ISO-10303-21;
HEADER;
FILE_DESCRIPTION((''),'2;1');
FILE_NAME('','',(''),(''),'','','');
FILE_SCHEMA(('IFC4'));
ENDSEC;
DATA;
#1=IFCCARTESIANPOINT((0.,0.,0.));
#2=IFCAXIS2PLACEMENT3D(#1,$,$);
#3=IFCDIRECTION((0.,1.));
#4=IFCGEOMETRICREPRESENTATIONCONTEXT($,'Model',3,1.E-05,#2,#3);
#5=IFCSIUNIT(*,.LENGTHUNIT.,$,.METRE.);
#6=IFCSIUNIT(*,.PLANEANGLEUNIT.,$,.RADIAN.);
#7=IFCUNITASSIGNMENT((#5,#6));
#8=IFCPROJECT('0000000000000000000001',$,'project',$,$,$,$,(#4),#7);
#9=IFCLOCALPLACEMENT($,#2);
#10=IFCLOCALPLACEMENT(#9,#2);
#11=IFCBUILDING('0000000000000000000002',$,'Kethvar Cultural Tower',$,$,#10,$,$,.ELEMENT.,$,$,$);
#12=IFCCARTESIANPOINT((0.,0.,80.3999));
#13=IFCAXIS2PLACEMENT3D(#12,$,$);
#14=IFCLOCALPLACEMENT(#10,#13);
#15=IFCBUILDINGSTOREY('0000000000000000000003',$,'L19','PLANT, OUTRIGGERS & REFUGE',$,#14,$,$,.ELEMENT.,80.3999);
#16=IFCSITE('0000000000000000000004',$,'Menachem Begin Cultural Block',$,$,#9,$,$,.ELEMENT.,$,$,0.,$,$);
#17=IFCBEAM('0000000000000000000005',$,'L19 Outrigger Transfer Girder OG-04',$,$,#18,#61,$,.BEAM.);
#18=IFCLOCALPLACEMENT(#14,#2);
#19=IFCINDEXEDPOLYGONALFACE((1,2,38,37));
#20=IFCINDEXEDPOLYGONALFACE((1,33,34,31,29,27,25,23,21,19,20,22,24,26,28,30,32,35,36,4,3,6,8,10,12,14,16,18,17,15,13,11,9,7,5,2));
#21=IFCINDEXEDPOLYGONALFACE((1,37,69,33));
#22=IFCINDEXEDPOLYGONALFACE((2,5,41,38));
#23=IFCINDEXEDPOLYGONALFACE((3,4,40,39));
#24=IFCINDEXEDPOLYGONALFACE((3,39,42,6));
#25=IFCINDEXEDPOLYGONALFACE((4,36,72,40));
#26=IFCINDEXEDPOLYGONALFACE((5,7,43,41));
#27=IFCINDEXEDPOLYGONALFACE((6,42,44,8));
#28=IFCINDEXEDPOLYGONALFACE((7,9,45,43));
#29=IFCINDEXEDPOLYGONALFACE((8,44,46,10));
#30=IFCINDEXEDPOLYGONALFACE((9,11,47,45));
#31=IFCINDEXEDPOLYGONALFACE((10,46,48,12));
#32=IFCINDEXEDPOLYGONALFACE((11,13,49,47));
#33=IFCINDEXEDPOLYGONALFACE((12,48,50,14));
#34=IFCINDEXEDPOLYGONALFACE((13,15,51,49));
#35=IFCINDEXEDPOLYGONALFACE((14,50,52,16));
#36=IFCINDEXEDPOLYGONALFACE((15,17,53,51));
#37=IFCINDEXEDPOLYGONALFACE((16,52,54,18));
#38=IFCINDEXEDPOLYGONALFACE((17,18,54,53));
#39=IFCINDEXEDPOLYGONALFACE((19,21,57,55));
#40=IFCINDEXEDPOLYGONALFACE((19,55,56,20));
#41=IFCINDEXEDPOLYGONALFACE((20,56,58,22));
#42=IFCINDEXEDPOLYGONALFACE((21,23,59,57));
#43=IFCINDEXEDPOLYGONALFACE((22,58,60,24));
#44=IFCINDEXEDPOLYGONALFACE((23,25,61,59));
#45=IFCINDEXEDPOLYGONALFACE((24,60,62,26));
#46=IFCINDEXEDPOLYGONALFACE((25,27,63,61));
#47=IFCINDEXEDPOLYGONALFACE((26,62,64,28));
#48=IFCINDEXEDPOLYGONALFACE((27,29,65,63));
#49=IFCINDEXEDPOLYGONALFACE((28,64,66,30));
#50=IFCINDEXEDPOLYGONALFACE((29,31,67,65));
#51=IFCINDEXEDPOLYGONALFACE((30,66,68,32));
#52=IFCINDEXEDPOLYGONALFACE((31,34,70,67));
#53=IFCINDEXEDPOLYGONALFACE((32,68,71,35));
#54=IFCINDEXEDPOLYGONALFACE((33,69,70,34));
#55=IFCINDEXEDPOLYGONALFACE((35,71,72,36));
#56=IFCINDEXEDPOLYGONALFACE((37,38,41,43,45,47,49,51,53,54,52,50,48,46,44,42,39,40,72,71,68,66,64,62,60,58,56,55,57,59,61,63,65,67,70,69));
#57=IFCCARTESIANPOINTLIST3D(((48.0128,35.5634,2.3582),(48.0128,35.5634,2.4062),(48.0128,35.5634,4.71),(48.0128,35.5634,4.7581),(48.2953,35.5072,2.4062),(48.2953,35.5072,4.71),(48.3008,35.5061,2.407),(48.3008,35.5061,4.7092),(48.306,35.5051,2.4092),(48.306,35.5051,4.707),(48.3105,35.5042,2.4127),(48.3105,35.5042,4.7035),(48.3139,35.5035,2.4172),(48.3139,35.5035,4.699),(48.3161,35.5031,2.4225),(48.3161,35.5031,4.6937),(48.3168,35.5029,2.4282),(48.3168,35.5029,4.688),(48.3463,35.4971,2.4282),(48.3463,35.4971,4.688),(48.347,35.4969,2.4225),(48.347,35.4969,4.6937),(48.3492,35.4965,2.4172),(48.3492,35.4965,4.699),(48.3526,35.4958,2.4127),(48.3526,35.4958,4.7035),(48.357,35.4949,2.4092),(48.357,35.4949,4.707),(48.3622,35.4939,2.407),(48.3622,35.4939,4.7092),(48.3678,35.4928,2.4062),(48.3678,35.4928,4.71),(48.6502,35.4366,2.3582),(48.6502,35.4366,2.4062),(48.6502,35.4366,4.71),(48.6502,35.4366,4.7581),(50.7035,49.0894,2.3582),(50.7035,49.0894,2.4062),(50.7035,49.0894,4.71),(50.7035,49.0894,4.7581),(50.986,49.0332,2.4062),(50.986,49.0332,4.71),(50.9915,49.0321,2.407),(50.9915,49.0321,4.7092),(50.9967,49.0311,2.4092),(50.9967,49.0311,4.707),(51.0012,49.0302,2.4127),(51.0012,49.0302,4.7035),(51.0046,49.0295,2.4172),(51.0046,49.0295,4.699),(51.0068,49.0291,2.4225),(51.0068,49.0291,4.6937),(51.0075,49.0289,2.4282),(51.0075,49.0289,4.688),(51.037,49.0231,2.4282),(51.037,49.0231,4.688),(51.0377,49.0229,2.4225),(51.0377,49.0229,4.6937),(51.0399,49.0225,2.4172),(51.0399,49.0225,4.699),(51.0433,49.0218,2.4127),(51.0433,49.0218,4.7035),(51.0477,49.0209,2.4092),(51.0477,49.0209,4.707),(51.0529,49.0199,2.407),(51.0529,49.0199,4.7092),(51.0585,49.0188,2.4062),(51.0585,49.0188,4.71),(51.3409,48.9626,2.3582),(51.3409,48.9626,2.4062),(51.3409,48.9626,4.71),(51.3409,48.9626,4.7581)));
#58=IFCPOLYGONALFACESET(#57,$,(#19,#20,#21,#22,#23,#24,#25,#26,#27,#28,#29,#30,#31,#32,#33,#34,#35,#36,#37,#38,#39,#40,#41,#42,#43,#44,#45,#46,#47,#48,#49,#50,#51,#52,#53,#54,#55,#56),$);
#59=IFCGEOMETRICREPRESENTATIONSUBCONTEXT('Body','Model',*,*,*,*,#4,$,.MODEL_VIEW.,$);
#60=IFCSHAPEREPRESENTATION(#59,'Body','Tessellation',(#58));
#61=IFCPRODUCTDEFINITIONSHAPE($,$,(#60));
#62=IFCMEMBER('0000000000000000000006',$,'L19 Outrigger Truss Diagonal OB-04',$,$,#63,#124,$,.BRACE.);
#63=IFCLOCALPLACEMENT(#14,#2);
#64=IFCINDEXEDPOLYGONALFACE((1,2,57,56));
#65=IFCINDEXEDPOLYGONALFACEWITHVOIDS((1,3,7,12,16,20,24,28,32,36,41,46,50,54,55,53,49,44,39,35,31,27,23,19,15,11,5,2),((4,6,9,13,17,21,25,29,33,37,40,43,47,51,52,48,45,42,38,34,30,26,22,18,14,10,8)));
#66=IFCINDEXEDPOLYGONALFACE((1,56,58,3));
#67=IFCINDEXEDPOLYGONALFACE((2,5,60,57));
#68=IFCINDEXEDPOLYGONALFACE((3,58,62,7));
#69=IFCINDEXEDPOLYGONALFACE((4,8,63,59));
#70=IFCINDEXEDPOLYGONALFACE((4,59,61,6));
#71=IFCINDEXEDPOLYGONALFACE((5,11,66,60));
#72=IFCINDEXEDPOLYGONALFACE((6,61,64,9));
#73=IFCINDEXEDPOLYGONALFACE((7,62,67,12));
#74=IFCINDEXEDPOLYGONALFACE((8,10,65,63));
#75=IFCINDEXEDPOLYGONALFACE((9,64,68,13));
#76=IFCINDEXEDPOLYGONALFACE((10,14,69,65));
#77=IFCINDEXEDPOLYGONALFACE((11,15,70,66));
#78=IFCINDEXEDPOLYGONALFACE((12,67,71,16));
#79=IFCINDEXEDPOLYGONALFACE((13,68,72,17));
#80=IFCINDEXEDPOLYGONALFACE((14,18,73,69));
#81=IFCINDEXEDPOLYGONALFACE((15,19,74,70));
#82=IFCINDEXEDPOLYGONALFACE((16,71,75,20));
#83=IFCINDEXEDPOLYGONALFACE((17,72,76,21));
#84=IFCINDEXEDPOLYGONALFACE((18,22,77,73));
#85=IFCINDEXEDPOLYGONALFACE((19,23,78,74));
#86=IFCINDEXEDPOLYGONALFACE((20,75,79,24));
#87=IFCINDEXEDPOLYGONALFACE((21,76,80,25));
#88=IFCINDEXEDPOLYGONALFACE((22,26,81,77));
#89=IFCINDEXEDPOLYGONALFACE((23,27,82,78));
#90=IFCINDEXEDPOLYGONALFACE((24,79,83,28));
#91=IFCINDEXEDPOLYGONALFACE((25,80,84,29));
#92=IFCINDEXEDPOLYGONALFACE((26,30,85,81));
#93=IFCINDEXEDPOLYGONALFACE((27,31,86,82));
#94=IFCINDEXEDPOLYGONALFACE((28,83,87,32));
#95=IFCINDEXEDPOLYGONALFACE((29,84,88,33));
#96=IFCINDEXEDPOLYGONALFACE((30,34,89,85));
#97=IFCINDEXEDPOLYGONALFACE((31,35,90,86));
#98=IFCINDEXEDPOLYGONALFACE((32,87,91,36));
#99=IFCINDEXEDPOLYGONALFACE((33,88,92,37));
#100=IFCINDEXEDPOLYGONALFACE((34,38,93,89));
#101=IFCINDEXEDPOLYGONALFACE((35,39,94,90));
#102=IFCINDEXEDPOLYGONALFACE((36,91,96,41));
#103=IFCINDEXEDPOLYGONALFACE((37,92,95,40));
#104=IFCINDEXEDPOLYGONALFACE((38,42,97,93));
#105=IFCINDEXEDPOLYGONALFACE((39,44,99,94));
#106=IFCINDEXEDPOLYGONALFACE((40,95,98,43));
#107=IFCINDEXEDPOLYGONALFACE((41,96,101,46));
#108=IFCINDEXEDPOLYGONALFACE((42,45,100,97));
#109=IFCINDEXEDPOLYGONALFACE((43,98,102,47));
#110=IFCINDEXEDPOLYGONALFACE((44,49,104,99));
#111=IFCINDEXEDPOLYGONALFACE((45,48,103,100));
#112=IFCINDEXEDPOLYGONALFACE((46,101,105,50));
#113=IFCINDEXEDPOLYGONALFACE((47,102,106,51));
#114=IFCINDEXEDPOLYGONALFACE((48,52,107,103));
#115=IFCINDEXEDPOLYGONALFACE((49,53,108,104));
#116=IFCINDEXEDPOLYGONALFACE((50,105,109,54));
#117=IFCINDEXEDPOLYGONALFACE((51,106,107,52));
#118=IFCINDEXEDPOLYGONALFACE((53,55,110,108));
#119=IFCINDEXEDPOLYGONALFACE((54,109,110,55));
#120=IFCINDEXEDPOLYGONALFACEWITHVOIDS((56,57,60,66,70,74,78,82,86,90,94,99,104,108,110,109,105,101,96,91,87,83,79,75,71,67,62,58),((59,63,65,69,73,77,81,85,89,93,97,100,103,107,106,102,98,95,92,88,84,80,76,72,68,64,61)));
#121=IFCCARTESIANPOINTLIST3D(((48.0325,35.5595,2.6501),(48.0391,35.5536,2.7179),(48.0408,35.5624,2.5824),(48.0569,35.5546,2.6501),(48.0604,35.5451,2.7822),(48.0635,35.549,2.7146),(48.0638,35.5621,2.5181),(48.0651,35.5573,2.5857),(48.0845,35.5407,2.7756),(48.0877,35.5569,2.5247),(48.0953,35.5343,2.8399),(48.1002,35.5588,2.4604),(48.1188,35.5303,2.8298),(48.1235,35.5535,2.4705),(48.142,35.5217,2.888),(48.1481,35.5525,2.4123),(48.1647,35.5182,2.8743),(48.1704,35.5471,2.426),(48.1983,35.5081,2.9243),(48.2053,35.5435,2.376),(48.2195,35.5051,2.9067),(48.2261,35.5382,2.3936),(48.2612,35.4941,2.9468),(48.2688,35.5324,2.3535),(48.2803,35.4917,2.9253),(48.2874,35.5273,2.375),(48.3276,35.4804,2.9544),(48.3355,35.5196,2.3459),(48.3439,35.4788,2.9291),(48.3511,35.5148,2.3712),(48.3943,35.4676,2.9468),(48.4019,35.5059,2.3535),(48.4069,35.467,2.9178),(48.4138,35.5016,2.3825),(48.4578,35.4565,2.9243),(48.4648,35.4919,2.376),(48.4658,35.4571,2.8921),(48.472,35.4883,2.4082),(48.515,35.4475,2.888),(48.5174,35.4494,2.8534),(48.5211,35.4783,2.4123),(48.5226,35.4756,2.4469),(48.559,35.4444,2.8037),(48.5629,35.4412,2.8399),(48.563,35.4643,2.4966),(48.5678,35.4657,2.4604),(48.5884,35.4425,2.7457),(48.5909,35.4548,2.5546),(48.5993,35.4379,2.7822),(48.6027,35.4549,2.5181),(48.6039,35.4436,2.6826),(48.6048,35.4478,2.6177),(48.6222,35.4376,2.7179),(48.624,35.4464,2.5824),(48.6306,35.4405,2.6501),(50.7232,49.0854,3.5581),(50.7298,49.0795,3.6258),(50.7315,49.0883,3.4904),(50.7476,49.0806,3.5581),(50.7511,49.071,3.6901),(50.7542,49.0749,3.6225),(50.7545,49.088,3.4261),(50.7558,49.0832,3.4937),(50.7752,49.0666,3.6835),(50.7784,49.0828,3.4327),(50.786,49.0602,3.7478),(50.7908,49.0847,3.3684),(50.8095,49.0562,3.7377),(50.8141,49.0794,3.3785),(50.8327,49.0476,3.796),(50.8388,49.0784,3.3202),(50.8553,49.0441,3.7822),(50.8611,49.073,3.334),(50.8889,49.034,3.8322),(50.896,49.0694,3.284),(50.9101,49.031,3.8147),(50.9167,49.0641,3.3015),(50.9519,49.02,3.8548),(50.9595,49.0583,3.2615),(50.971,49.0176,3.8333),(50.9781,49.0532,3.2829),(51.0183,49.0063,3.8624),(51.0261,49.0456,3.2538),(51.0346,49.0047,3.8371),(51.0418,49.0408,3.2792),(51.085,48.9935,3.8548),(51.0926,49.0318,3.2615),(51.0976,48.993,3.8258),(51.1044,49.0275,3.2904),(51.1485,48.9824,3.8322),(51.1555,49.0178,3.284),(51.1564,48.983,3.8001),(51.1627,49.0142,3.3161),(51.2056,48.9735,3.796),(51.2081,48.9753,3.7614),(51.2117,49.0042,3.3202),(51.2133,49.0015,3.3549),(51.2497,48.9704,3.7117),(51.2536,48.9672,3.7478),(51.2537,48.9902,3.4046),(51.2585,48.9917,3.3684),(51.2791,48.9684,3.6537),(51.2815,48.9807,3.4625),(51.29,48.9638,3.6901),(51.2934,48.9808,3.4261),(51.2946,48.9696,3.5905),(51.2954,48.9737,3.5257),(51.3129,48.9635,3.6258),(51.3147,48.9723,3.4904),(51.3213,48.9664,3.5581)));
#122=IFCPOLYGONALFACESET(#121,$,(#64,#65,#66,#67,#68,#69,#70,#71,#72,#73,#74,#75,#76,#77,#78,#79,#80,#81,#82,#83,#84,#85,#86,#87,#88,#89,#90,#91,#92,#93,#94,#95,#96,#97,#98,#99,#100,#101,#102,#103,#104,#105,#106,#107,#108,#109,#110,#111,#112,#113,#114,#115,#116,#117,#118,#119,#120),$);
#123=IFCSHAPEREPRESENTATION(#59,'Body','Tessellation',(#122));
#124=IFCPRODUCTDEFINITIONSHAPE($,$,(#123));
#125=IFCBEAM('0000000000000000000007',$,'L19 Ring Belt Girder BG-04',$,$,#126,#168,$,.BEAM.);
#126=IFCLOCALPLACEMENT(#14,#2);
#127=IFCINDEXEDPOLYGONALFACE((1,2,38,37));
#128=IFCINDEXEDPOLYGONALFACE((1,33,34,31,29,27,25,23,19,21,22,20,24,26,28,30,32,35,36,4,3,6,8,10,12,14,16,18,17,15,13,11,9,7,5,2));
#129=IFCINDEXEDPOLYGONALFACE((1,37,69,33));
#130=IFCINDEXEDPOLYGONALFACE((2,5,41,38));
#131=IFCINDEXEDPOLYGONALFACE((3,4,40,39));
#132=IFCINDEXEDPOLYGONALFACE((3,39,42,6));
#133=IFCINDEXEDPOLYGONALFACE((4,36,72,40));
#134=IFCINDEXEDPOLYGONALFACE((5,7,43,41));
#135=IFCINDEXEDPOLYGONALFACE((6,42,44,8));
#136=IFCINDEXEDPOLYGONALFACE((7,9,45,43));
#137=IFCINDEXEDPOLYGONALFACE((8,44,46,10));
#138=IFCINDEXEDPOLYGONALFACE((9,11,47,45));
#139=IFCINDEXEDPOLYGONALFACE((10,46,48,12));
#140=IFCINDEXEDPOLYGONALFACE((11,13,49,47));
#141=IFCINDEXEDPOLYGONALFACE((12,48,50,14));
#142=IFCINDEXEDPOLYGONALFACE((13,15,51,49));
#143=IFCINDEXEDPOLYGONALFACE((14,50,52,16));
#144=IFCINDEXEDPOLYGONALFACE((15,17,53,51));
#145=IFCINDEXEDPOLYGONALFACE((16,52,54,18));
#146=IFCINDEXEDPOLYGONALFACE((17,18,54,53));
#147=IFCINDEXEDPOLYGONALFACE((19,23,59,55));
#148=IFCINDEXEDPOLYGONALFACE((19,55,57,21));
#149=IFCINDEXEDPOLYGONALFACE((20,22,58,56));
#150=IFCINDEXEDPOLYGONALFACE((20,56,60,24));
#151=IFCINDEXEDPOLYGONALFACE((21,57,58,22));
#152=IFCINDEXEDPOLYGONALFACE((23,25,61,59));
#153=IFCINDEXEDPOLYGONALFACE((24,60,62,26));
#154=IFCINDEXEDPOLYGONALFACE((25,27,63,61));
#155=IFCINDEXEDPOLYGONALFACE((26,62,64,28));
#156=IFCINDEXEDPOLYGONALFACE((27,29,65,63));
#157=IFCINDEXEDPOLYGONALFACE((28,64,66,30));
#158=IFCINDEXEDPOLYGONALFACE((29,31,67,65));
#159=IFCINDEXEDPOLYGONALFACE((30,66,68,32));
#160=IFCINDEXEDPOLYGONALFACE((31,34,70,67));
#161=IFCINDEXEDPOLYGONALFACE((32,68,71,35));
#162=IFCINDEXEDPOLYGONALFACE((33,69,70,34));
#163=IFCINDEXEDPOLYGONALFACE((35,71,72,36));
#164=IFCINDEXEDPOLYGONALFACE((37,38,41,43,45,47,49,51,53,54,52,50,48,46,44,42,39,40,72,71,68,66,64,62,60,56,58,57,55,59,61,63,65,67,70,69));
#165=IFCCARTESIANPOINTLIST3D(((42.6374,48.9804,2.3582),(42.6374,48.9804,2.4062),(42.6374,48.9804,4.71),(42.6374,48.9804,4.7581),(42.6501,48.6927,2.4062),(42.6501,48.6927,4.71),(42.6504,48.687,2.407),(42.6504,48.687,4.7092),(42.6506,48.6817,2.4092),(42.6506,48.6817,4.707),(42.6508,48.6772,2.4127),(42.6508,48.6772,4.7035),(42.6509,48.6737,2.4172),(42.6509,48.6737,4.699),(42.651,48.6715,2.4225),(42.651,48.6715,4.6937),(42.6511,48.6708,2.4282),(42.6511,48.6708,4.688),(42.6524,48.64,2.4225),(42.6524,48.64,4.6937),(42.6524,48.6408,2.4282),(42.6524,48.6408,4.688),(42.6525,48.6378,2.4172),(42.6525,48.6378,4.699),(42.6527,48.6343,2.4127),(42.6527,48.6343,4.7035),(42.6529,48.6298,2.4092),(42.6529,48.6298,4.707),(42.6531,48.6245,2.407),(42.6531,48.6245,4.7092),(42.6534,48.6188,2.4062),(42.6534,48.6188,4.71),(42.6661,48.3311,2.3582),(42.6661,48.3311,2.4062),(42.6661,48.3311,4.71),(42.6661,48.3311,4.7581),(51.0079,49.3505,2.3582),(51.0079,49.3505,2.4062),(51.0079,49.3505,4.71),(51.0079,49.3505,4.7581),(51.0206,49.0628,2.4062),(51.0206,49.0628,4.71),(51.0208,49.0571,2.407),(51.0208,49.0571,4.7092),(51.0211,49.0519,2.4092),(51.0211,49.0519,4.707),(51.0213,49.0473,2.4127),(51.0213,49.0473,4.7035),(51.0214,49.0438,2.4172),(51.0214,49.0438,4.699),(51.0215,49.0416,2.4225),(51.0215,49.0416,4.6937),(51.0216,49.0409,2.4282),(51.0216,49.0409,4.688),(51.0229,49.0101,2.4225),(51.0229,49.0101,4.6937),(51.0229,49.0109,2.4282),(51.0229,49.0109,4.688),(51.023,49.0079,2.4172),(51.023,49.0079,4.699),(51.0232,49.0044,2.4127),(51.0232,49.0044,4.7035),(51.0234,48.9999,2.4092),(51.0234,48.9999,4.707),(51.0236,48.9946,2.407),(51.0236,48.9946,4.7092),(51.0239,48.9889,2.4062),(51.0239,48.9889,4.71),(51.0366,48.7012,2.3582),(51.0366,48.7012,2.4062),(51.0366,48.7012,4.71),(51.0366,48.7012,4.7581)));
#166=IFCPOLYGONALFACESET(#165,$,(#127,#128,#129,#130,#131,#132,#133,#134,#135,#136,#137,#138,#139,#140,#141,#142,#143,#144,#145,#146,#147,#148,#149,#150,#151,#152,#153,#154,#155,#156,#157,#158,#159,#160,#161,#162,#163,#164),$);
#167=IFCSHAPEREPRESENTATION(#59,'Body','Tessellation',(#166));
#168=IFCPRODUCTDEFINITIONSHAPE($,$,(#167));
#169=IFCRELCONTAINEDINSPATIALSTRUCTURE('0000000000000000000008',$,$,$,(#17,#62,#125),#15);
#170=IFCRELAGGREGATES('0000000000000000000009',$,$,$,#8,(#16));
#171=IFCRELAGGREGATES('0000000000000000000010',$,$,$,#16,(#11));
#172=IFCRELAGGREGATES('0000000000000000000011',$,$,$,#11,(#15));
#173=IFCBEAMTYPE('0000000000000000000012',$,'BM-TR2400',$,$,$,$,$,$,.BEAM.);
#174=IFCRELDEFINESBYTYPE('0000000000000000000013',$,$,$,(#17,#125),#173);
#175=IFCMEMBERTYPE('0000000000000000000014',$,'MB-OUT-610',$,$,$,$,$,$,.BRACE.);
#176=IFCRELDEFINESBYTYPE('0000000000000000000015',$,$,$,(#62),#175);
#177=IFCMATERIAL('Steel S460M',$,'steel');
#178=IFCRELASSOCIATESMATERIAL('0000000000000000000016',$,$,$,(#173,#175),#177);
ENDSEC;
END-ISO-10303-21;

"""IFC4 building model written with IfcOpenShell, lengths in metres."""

from ifc_helpers import new_model, si_unit, direction, frame, origin, origin_2d, place, context, subcontext, project, spatial, hollow_circle, i_section, extrude, source, transform, mapped, material, material_profile, profile_set, type_object, element, save


model = new_model("IFC4")

# Units and contexts
model_context = context("Model", 3, precision=1e-05, world=origin(), true_north=direction((0.0, 1.0)))
body_context = subcontext(model_context, "Body", "Model", "MODEL_VIEW")
ifc_project = project(units=[si_unit("LENGTHUNIT", "METRE"), si_unit("PLANEANGLEUNIT", "RADIAN")], contexts=[model_context])

# Site, building, storey
site_placement = place(None, origin())
site = spatial("IfcSite", under=ifc_project, at=site_placement, Name="Menachem Begin Cultural Block", CompositionType="ELEMENT", RefElevation=0.0)
building_placement = place(site_placement, origin())
building = spatial("IfcBuilding", under=site, at=building_placement, Name="Kethvar Cultural Tower", CompositionType="ELEMENT")
storey_placement = place(building_placement, frame((0.0, 0.0, 80.3999)))
storey = spatial("IfcBuildingStorey", under=building, at=storey_placement, Name="L19", Description="PLANT, OUTRIGGERS & REFUGE", CompositionType="ELEMENT", Elevation=80.3999)

# Shared definitions
ifc_material_1 = material(Name="Steel S460M", Category="steel")

# Shared definitions
ifc_material_profile_1 = material_profile(ifc_material_1, i_section(OverallWidth=0.6499, OverallDepth=2.3999, WebThickness=0.03, FlangeThickness=0.0481, FilletRadius=0.022, at=origin_2d()), Name="Steel S460M — PG2400x650x48x30")
ifc_profile_set_1 = profile_set([ifc_material_profile_1], Name="Steel S460M — PG2400x650x48x30")
beam_type = type_object("IfcBeamType", Name="BM-TR2400", PredefinedType="BEAM", material=ifc_profile_set_1)

# Shared definitions
ifc_material_profile_2 = material_profile(ifc_material_1, hollow_circle(Radius=0.3049, WallThickness=0.0249, at=origin_2d()), Name="Steel S460M — CHS610x25")
ifc_profile_set_2 = profile_set([ifc_material_profile_2], Name="Steel S460M — CHS610x25")
member_type_1 = type_object("IfcMemberType", Name="MB-OUT-610", PredefinedType="BRACE", material=ifc_profile_set_2)

# Beam
shared_shape_1 = source(origin(), body_context, "Body", "SweptSolid", [
    extrude(i_section(OverallWidth=0.6499, OverallDepth=2.3999, WebThickness=0.03, FlangeThickness=0.0481, FilletRadius=0.022, at=origin_2d()), origin(), (0.0, 0.0, 1.0), 13.791),
])
beam_1_placement = place(storey_placement, frame((48.3315, 35.5, 3.5581), z_axis=(0.195105, 0.980782, 0.0), x_axis=(-0.980782, 0.195105, 0.0)))
element("IfcBeam", 1, at=beam_1_placement, inside=storey, type_object=beam_type, Name="L19 Outrigger Transfer Girder OG-04", PredefinedType="BEAM", context=body_context, shape_type="MappedRepresentation", body=[
    mapped(shared_shape_1, transform((0.0, 0.0, 0.0), scale=1.0)),
])

# Member
shared_shape_2 = source(origin(), body_context, "Body", "SweptSolid", [
    extrude(hollow_circle(Radius=0.3049, WallThickness=0.0249, at=origin_2d()), origin(), (0.0, 0.0, 1.0), 13.8208),
])
member_1_placement = place(storey_placement, frame((48.3315, 35.5, 2.6501), z_axis=(0.194683, 0.978664, 0.065695), x_axis=(-0.980782, 0.195105, 0.0)))
element("IfcMember", 2, at=member_1_placement, inside=storey, type_object=member_type_1, Name="L19 Outrigger Truss Diagonal OB-04", PredefinedType="BRACE", context=body_context, shape_type="MappedRepresentation", body=[
    mapped(shared_shape_2, transform((0.0, 0.0, 0.0), scale=1.0)),
])

# Beam
shared_shape_3 = source(origin(), body_context, "Body", "SweptSolid", [
    extrude(i_section(OverallWidth=0.6499, OverallDepth=2.3999, WebThickness=0.03, FlangeThickness=0.0481, FilletRadius=0.022, at=origin_2d()), origin(), (0.0, 0.0, 1.0), 8.3787),
])
beam_2_placement = place(storey_placement, frame((51.0222, 49.0259, 3.5581), z_axis=(-0.999024, -0.044173, 0.0), x_axis=(0.044173, -0.999024, 0.0)))
element("IfcBeam", 3, at=beam_2_placement, inside=storey, type_object=beam_type, Name="L19 Ring Belt Girder BG-04", PredefinedType="BEAM", context=body_context, shape_type="MappedRepresentation", body=[
    mapped(shared_shape_3, transform((0.0, 0.0, 0.0), scale=1.0)),
])

save(model, "model.ifc")
